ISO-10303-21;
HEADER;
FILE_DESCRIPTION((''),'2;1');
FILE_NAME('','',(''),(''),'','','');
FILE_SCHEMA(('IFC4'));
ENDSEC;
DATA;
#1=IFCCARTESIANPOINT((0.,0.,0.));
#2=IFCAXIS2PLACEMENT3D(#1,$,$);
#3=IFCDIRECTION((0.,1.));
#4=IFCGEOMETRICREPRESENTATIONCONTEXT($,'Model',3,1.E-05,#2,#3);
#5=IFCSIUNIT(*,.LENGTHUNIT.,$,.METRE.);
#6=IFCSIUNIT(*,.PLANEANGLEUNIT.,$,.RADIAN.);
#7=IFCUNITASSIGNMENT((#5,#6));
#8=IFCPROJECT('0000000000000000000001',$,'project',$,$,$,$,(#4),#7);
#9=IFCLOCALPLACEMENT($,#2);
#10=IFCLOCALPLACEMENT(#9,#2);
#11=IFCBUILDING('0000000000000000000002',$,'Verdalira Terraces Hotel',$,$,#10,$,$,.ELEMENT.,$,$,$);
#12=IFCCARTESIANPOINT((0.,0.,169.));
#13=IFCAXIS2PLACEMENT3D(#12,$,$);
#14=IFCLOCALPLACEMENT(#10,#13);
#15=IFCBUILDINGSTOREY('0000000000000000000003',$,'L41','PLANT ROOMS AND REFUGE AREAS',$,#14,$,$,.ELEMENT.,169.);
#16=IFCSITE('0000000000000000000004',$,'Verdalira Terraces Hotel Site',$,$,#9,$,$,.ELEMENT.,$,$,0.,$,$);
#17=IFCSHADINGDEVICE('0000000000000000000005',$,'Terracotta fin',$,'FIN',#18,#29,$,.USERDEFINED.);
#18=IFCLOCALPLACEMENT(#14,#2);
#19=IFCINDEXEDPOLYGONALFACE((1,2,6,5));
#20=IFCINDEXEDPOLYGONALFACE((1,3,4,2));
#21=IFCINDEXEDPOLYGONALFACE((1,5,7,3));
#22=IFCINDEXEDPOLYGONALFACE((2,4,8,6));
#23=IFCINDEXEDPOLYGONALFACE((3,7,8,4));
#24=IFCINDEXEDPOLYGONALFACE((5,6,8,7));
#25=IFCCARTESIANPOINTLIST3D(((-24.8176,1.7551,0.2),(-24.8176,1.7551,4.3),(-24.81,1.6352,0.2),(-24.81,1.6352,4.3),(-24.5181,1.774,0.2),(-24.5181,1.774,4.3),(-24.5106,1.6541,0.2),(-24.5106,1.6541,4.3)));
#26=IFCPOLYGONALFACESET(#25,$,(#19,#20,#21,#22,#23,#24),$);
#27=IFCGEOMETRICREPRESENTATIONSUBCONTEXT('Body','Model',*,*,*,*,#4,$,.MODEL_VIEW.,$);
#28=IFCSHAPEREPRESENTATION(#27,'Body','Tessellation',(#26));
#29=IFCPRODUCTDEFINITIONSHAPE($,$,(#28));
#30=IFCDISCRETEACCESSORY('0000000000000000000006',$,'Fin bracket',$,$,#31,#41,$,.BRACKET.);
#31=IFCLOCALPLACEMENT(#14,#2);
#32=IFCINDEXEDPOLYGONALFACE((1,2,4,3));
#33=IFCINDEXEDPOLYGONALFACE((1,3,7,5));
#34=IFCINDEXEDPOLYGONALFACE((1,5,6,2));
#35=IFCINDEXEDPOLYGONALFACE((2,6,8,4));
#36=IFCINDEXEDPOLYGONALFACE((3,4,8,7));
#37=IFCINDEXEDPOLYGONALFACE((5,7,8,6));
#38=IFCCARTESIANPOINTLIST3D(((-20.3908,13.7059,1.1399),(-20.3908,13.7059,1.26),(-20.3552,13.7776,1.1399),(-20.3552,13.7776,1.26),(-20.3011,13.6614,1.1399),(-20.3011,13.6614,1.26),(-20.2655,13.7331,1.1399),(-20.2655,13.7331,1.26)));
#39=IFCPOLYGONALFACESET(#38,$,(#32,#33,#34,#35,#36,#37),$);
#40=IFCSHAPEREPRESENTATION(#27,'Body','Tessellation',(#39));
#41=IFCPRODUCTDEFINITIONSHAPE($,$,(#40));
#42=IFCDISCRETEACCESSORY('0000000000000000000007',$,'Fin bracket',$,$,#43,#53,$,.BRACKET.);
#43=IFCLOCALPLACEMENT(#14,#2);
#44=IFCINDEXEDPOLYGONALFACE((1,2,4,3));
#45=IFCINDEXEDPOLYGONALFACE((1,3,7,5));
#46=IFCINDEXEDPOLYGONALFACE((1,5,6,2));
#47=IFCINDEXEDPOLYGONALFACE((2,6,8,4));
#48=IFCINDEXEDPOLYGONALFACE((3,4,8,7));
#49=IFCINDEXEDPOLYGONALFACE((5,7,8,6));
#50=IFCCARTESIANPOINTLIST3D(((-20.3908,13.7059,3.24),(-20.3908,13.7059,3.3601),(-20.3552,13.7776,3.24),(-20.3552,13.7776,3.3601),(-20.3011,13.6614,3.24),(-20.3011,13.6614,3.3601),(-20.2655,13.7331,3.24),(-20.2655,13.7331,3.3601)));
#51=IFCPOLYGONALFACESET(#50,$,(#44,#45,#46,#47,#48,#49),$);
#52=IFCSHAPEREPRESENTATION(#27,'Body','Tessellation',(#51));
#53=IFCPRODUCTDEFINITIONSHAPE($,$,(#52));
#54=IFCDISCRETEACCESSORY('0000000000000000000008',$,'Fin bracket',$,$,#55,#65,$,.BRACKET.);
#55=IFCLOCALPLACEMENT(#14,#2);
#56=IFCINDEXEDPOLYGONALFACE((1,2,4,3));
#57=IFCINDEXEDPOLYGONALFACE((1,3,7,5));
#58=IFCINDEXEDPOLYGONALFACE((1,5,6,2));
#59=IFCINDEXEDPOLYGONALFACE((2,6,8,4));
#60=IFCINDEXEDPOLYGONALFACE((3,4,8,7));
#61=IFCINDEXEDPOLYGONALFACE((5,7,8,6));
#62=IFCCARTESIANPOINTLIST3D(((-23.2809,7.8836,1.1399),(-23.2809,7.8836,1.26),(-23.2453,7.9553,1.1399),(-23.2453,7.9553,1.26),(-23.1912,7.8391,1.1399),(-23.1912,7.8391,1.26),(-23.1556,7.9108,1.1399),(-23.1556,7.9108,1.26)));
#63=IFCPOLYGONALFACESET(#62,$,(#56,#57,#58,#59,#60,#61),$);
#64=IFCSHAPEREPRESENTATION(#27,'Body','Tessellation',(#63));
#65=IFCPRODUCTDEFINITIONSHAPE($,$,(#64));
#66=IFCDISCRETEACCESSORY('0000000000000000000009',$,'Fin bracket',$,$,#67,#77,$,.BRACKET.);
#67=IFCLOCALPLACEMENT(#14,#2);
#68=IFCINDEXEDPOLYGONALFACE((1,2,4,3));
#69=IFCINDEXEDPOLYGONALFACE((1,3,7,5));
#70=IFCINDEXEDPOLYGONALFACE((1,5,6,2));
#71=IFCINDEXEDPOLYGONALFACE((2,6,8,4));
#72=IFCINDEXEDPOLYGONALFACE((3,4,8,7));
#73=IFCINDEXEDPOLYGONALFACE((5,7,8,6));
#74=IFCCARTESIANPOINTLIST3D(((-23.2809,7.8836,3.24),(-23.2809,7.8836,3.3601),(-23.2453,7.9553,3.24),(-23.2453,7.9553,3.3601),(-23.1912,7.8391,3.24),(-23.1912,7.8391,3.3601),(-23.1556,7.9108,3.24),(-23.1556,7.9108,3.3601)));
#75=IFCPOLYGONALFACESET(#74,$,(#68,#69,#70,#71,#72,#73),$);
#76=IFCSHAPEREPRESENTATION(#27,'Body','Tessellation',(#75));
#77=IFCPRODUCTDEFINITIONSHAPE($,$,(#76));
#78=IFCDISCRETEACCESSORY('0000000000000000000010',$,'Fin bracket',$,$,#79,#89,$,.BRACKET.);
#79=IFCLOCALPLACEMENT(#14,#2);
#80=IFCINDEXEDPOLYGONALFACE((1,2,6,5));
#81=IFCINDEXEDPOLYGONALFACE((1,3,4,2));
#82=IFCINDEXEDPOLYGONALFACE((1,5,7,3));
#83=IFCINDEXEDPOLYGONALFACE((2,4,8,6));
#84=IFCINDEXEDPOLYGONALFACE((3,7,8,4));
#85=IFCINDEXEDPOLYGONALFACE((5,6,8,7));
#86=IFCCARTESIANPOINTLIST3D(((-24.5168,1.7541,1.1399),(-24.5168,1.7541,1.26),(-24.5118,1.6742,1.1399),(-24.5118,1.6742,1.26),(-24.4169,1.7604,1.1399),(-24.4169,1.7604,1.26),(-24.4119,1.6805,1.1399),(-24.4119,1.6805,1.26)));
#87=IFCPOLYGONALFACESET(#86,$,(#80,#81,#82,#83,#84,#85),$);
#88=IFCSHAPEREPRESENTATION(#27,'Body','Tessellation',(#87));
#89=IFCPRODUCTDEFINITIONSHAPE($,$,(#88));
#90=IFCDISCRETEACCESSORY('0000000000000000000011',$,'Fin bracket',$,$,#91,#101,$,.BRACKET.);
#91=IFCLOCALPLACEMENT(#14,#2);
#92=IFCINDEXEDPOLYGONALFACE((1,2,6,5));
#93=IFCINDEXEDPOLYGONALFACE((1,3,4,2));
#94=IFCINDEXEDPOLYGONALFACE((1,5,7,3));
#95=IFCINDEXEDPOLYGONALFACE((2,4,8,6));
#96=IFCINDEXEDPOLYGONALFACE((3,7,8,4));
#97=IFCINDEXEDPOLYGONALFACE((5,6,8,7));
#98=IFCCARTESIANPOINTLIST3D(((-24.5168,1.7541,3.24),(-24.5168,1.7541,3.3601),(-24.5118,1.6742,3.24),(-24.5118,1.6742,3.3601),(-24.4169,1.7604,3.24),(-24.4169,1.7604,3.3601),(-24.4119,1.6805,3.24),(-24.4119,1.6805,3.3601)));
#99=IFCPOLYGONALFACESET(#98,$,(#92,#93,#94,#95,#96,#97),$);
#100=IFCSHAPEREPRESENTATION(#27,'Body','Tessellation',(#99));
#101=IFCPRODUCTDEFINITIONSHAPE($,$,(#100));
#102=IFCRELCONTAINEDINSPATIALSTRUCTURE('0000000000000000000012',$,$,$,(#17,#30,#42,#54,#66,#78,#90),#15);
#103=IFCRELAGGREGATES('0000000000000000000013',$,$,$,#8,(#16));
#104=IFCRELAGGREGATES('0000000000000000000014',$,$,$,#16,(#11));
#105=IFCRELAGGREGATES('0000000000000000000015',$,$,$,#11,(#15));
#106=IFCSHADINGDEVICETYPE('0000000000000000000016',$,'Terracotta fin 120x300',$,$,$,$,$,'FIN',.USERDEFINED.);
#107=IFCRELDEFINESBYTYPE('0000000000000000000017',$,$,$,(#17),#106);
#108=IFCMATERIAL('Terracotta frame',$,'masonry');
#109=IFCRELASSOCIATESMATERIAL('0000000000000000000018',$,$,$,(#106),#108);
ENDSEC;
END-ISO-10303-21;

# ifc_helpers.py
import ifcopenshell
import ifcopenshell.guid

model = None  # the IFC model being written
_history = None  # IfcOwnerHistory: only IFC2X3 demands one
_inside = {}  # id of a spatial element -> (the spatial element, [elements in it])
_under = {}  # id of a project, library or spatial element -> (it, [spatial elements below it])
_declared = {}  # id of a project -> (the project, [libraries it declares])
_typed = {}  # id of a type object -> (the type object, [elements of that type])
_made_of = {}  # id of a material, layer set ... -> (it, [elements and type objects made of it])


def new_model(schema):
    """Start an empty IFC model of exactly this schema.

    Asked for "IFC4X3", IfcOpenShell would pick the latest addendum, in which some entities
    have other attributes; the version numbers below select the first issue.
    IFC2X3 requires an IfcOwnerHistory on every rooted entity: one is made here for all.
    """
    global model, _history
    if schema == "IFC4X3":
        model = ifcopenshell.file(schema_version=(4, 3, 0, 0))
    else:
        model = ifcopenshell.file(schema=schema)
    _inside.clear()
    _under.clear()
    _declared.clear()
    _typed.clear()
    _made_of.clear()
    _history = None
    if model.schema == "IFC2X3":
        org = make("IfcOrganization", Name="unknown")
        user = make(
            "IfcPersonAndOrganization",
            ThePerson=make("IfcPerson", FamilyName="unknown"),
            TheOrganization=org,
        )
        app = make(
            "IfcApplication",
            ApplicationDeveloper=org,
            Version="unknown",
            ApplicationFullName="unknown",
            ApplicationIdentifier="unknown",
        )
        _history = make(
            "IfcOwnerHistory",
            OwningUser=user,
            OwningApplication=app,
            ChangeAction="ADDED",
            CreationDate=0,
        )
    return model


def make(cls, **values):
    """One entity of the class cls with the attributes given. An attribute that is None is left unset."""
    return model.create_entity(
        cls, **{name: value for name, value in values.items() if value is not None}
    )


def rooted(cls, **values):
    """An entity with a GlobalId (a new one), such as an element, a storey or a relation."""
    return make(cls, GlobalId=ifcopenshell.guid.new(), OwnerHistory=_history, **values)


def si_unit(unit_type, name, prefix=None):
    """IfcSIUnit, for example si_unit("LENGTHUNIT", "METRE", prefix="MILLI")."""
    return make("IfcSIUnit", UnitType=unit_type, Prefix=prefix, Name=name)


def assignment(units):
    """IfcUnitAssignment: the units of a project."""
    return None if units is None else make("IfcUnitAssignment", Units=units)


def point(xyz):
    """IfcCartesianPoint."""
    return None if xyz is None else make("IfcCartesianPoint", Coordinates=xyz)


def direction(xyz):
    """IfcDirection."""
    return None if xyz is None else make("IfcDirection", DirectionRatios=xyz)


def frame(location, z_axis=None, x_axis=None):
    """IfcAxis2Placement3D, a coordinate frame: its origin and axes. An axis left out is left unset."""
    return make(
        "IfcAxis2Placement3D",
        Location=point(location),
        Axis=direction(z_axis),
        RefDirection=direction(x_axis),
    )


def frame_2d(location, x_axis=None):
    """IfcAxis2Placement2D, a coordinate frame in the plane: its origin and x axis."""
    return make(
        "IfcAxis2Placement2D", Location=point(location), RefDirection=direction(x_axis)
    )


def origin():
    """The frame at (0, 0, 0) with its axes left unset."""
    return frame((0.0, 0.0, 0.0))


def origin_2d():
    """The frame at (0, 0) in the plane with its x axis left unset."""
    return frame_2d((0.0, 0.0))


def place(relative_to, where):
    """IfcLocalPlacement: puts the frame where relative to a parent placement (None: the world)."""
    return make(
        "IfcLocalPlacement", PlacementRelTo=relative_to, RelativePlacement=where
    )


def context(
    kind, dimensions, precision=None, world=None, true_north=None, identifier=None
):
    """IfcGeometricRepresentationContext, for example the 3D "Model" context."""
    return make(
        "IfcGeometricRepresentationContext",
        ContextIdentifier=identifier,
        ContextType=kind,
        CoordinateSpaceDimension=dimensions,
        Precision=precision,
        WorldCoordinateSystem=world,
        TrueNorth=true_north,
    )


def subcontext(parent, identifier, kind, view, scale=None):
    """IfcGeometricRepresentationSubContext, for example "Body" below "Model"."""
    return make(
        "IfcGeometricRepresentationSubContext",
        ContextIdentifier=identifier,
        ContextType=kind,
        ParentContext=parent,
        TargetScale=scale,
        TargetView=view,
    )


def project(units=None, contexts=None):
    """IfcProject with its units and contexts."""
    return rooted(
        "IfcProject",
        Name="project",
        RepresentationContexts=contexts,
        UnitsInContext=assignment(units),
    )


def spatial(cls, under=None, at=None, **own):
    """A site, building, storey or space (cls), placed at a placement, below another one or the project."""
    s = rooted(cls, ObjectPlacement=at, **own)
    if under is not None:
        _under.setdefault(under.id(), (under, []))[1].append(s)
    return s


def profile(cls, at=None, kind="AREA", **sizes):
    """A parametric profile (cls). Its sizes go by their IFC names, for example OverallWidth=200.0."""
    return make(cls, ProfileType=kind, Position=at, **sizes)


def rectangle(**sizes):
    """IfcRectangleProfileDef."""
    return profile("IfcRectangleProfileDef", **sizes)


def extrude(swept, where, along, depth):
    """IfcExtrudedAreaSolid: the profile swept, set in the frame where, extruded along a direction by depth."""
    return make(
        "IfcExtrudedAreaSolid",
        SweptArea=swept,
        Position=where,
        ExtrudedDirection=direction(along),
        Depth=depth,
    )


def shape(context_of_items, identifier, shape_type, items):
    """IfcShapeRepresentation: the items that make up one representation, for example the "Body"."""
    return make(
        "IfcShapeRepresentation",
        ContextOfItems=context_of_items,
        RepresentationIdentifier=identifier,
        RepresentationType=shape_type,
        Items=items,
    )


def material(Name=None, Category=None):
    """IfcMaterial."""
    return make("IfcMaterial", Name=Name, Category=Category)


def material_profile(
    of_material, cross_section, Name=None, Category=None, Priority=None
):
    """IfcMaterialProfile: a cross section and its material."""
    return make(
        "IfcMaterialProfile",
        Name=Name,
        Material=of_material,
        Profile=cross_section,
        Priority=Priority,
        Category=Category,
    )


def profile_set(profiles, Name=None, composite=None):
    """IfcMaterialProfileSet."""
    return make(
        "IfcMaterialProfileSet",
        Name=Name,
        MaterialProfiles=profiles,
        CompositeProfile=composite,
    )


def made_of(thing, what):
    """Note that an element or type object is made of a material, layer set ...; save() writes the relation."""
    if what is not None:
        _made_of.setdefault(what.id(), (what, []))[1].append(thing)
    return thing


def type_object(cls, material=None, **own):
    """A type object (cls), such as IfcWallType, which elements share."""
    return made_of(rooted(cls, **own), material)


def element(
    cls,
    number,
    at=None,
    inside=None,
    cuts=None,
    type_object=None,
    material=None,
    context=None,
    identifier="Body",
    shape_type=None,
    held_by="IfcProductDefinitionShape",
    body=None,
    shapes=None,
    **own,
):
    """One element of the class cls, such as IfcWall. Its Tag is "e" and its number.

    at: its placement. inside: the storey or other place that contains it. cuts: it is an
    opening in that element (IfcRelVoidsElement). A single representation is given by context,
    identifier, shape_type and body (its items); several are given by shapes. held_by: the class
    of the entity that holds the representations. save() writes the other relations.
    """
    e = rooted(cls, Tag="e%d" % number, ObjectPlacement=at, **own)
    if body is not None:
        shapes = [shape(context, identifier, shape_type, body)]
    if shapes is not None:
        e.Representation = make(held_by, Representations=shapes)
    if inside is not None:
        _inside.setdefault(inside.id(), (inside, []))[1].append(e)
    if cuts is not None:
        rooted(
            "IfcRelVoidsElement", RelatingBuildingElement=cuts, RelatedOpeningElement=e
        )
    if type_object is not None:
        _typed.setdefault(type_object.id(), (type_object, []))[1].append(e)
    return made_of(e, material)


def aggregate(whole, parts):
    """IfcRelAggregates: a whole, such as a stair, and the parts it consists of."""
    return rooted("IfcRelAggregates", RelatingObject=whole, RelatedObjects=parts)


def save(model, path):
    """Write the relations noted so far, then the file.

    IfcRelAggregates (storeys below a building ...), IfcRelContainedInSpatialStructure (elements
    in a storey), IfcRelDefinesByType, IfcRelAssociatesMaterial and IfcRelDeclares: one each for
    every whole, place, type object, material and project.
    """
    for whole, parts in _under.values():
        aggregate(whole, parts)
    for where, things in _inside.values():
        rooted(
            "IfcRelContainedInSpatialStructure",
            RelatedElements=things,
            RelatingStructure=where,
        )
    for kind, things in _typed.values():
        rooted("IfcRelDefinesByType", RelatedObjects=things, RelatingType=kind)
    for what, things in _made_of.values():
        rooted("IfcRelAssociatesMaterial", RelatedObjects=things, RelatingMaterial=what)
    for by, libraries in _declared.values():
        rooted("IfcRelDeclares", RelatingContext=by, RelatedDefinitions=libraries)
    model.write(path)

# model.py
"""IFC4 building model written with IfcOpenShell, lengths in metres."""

from ifc_helpers import new_model, si_unit, direction, frame, origin, origin_2d, place, context, subcontext, project, spatial, rectangle, extrude, material, material_profile, profile_set, type_object, element, save


model = new_model("IFC4")

# Units and contexts
model_context = context("Model", 3, precision=1e-05, world=origin(), true_north=direction((0.0, 1.0)))
body_context = subcontext(model_context, "Body", "Model", "MODEL_VIEW")
ifc_project = project(units=[si_unit("LENGTHUNIT", "METRE"), si_unit("PLANEANGLEUNIT", "RADIAN")], contexts=[model_context])

# Site, building, storey
site_placement = place(None, origin())
site = spatial("IfcSite", under=ifc_project, at=site_placement, Name="Verdalira Terraces Hotel Site", CompositionType="ELEMENT", RefElevation=0.0)
building_placement = place(site_placement, origin())
building = spatial("IfcBuilding", under=site, at=building_placement, Name="Verdalira Terraces Hotel", CompositionType="ELEMENT")
storey_placement = place(building_placement, frame((0.0, 0.0, 169.0)))
storey = spatial("IfcBuildingStorey", under=building, at=storey_placement, Name="L41", Description="PLANT ROOMS AND REFUGE AREAS", CompositionType="ELEMENT", Elevation=169.0)

# Shading device
ifc_material_1 = material(Name="Terracotta frame", Category="masonry")
ifc_material_profile_1 = material_profile(ifc_material_1, rectangle(XDim=0.1201, YDim=0.3, at=origin_2d()), Name="FIN 120x300")
ifc_profile_set_1 = profile_set([ifc_material_profile_1], Name="Terracotta frame")
shading_device_type = type_object("IfcShadingDeviceType", Name="Terracotta fin 120x300", ElementType="FIN", PredefinedType="USERDEFINED", material=ifc_profile_set_1)
for number, where, z_axis, x_axis, name in (
    (1, (-24.6641, 1.7046, 0.2), (0.0, 0.0, 1.0), (0.062791, -0.998027, 0.0), "Terracotta fin"),
):
    element("IfcShadingDevice", number, at=place(storey_placement, frame(where, z_axis=z_axis, x_axis=x_axis)), inside=storey, type_object=shading_device_type, Name=name, ObjectType="FIN", PredefinedType="USERDEFINED", context=body_context, shape_type="SweptSolid", body=[
        extrude(rectangle(XDim=0.1201, YDim=0.3, at=origin_2d()), origin(), (0.0, 0.0, 1.0), 4.1001),
    ])

# Discrete accessories
for number, where, z_axis, x_axis, name in (
    (2, (-20.3281, 13.7195, 1.1399), (0.0, 0.0, 1.0), (-0.444635, -0.895712, 0.0), "Fin bracket"),
    (3, (-20.3281, 13.7195, 3.24), (0.0, 0.0, 1.0), (-0.444635, -0.895712, 0.0), "Fin bracket"),
    (4, (-23.2183, 7.8972, 1.1399), (0.0, 0.0, 1.0), (-0.444635, -0.895712, 0.0), "Fin bracket"),
    (5, (-23.2183, 7.8972, 3.24), (0.0, 0.0, 1.0), (-0.444635, -0.895712, 0.0), "Fin bracket"),
    (6, (-24.4644, 1.7173, 1.1399), (0.0, 0.0, 1.0), (0.062791, -0.998027, 0.0), "Fin bracket"),
    (7, (-24.4644, 1.7173, 3.24), (0.0, 0.0, 1.0), (0.062791, -0.998027, 0.0), "Fin bracket"),
):
    element("IfcDiscreteAccessory", number, at=place(storey_placement, frame(where, z_axis=z_axis, x_axis=x_axis)), inside=storey, Name=name, PredefinedType="BRACKET", context=body_context, shape_type="SweptSolid", body=[
        extrude(rectangle(XDim=0.0801, YDim=0.1001, at=origin_2d()), origin(), (0.0, 0.0, 1.0), 0.1201),
    ])

save(model, "model.ifc")
